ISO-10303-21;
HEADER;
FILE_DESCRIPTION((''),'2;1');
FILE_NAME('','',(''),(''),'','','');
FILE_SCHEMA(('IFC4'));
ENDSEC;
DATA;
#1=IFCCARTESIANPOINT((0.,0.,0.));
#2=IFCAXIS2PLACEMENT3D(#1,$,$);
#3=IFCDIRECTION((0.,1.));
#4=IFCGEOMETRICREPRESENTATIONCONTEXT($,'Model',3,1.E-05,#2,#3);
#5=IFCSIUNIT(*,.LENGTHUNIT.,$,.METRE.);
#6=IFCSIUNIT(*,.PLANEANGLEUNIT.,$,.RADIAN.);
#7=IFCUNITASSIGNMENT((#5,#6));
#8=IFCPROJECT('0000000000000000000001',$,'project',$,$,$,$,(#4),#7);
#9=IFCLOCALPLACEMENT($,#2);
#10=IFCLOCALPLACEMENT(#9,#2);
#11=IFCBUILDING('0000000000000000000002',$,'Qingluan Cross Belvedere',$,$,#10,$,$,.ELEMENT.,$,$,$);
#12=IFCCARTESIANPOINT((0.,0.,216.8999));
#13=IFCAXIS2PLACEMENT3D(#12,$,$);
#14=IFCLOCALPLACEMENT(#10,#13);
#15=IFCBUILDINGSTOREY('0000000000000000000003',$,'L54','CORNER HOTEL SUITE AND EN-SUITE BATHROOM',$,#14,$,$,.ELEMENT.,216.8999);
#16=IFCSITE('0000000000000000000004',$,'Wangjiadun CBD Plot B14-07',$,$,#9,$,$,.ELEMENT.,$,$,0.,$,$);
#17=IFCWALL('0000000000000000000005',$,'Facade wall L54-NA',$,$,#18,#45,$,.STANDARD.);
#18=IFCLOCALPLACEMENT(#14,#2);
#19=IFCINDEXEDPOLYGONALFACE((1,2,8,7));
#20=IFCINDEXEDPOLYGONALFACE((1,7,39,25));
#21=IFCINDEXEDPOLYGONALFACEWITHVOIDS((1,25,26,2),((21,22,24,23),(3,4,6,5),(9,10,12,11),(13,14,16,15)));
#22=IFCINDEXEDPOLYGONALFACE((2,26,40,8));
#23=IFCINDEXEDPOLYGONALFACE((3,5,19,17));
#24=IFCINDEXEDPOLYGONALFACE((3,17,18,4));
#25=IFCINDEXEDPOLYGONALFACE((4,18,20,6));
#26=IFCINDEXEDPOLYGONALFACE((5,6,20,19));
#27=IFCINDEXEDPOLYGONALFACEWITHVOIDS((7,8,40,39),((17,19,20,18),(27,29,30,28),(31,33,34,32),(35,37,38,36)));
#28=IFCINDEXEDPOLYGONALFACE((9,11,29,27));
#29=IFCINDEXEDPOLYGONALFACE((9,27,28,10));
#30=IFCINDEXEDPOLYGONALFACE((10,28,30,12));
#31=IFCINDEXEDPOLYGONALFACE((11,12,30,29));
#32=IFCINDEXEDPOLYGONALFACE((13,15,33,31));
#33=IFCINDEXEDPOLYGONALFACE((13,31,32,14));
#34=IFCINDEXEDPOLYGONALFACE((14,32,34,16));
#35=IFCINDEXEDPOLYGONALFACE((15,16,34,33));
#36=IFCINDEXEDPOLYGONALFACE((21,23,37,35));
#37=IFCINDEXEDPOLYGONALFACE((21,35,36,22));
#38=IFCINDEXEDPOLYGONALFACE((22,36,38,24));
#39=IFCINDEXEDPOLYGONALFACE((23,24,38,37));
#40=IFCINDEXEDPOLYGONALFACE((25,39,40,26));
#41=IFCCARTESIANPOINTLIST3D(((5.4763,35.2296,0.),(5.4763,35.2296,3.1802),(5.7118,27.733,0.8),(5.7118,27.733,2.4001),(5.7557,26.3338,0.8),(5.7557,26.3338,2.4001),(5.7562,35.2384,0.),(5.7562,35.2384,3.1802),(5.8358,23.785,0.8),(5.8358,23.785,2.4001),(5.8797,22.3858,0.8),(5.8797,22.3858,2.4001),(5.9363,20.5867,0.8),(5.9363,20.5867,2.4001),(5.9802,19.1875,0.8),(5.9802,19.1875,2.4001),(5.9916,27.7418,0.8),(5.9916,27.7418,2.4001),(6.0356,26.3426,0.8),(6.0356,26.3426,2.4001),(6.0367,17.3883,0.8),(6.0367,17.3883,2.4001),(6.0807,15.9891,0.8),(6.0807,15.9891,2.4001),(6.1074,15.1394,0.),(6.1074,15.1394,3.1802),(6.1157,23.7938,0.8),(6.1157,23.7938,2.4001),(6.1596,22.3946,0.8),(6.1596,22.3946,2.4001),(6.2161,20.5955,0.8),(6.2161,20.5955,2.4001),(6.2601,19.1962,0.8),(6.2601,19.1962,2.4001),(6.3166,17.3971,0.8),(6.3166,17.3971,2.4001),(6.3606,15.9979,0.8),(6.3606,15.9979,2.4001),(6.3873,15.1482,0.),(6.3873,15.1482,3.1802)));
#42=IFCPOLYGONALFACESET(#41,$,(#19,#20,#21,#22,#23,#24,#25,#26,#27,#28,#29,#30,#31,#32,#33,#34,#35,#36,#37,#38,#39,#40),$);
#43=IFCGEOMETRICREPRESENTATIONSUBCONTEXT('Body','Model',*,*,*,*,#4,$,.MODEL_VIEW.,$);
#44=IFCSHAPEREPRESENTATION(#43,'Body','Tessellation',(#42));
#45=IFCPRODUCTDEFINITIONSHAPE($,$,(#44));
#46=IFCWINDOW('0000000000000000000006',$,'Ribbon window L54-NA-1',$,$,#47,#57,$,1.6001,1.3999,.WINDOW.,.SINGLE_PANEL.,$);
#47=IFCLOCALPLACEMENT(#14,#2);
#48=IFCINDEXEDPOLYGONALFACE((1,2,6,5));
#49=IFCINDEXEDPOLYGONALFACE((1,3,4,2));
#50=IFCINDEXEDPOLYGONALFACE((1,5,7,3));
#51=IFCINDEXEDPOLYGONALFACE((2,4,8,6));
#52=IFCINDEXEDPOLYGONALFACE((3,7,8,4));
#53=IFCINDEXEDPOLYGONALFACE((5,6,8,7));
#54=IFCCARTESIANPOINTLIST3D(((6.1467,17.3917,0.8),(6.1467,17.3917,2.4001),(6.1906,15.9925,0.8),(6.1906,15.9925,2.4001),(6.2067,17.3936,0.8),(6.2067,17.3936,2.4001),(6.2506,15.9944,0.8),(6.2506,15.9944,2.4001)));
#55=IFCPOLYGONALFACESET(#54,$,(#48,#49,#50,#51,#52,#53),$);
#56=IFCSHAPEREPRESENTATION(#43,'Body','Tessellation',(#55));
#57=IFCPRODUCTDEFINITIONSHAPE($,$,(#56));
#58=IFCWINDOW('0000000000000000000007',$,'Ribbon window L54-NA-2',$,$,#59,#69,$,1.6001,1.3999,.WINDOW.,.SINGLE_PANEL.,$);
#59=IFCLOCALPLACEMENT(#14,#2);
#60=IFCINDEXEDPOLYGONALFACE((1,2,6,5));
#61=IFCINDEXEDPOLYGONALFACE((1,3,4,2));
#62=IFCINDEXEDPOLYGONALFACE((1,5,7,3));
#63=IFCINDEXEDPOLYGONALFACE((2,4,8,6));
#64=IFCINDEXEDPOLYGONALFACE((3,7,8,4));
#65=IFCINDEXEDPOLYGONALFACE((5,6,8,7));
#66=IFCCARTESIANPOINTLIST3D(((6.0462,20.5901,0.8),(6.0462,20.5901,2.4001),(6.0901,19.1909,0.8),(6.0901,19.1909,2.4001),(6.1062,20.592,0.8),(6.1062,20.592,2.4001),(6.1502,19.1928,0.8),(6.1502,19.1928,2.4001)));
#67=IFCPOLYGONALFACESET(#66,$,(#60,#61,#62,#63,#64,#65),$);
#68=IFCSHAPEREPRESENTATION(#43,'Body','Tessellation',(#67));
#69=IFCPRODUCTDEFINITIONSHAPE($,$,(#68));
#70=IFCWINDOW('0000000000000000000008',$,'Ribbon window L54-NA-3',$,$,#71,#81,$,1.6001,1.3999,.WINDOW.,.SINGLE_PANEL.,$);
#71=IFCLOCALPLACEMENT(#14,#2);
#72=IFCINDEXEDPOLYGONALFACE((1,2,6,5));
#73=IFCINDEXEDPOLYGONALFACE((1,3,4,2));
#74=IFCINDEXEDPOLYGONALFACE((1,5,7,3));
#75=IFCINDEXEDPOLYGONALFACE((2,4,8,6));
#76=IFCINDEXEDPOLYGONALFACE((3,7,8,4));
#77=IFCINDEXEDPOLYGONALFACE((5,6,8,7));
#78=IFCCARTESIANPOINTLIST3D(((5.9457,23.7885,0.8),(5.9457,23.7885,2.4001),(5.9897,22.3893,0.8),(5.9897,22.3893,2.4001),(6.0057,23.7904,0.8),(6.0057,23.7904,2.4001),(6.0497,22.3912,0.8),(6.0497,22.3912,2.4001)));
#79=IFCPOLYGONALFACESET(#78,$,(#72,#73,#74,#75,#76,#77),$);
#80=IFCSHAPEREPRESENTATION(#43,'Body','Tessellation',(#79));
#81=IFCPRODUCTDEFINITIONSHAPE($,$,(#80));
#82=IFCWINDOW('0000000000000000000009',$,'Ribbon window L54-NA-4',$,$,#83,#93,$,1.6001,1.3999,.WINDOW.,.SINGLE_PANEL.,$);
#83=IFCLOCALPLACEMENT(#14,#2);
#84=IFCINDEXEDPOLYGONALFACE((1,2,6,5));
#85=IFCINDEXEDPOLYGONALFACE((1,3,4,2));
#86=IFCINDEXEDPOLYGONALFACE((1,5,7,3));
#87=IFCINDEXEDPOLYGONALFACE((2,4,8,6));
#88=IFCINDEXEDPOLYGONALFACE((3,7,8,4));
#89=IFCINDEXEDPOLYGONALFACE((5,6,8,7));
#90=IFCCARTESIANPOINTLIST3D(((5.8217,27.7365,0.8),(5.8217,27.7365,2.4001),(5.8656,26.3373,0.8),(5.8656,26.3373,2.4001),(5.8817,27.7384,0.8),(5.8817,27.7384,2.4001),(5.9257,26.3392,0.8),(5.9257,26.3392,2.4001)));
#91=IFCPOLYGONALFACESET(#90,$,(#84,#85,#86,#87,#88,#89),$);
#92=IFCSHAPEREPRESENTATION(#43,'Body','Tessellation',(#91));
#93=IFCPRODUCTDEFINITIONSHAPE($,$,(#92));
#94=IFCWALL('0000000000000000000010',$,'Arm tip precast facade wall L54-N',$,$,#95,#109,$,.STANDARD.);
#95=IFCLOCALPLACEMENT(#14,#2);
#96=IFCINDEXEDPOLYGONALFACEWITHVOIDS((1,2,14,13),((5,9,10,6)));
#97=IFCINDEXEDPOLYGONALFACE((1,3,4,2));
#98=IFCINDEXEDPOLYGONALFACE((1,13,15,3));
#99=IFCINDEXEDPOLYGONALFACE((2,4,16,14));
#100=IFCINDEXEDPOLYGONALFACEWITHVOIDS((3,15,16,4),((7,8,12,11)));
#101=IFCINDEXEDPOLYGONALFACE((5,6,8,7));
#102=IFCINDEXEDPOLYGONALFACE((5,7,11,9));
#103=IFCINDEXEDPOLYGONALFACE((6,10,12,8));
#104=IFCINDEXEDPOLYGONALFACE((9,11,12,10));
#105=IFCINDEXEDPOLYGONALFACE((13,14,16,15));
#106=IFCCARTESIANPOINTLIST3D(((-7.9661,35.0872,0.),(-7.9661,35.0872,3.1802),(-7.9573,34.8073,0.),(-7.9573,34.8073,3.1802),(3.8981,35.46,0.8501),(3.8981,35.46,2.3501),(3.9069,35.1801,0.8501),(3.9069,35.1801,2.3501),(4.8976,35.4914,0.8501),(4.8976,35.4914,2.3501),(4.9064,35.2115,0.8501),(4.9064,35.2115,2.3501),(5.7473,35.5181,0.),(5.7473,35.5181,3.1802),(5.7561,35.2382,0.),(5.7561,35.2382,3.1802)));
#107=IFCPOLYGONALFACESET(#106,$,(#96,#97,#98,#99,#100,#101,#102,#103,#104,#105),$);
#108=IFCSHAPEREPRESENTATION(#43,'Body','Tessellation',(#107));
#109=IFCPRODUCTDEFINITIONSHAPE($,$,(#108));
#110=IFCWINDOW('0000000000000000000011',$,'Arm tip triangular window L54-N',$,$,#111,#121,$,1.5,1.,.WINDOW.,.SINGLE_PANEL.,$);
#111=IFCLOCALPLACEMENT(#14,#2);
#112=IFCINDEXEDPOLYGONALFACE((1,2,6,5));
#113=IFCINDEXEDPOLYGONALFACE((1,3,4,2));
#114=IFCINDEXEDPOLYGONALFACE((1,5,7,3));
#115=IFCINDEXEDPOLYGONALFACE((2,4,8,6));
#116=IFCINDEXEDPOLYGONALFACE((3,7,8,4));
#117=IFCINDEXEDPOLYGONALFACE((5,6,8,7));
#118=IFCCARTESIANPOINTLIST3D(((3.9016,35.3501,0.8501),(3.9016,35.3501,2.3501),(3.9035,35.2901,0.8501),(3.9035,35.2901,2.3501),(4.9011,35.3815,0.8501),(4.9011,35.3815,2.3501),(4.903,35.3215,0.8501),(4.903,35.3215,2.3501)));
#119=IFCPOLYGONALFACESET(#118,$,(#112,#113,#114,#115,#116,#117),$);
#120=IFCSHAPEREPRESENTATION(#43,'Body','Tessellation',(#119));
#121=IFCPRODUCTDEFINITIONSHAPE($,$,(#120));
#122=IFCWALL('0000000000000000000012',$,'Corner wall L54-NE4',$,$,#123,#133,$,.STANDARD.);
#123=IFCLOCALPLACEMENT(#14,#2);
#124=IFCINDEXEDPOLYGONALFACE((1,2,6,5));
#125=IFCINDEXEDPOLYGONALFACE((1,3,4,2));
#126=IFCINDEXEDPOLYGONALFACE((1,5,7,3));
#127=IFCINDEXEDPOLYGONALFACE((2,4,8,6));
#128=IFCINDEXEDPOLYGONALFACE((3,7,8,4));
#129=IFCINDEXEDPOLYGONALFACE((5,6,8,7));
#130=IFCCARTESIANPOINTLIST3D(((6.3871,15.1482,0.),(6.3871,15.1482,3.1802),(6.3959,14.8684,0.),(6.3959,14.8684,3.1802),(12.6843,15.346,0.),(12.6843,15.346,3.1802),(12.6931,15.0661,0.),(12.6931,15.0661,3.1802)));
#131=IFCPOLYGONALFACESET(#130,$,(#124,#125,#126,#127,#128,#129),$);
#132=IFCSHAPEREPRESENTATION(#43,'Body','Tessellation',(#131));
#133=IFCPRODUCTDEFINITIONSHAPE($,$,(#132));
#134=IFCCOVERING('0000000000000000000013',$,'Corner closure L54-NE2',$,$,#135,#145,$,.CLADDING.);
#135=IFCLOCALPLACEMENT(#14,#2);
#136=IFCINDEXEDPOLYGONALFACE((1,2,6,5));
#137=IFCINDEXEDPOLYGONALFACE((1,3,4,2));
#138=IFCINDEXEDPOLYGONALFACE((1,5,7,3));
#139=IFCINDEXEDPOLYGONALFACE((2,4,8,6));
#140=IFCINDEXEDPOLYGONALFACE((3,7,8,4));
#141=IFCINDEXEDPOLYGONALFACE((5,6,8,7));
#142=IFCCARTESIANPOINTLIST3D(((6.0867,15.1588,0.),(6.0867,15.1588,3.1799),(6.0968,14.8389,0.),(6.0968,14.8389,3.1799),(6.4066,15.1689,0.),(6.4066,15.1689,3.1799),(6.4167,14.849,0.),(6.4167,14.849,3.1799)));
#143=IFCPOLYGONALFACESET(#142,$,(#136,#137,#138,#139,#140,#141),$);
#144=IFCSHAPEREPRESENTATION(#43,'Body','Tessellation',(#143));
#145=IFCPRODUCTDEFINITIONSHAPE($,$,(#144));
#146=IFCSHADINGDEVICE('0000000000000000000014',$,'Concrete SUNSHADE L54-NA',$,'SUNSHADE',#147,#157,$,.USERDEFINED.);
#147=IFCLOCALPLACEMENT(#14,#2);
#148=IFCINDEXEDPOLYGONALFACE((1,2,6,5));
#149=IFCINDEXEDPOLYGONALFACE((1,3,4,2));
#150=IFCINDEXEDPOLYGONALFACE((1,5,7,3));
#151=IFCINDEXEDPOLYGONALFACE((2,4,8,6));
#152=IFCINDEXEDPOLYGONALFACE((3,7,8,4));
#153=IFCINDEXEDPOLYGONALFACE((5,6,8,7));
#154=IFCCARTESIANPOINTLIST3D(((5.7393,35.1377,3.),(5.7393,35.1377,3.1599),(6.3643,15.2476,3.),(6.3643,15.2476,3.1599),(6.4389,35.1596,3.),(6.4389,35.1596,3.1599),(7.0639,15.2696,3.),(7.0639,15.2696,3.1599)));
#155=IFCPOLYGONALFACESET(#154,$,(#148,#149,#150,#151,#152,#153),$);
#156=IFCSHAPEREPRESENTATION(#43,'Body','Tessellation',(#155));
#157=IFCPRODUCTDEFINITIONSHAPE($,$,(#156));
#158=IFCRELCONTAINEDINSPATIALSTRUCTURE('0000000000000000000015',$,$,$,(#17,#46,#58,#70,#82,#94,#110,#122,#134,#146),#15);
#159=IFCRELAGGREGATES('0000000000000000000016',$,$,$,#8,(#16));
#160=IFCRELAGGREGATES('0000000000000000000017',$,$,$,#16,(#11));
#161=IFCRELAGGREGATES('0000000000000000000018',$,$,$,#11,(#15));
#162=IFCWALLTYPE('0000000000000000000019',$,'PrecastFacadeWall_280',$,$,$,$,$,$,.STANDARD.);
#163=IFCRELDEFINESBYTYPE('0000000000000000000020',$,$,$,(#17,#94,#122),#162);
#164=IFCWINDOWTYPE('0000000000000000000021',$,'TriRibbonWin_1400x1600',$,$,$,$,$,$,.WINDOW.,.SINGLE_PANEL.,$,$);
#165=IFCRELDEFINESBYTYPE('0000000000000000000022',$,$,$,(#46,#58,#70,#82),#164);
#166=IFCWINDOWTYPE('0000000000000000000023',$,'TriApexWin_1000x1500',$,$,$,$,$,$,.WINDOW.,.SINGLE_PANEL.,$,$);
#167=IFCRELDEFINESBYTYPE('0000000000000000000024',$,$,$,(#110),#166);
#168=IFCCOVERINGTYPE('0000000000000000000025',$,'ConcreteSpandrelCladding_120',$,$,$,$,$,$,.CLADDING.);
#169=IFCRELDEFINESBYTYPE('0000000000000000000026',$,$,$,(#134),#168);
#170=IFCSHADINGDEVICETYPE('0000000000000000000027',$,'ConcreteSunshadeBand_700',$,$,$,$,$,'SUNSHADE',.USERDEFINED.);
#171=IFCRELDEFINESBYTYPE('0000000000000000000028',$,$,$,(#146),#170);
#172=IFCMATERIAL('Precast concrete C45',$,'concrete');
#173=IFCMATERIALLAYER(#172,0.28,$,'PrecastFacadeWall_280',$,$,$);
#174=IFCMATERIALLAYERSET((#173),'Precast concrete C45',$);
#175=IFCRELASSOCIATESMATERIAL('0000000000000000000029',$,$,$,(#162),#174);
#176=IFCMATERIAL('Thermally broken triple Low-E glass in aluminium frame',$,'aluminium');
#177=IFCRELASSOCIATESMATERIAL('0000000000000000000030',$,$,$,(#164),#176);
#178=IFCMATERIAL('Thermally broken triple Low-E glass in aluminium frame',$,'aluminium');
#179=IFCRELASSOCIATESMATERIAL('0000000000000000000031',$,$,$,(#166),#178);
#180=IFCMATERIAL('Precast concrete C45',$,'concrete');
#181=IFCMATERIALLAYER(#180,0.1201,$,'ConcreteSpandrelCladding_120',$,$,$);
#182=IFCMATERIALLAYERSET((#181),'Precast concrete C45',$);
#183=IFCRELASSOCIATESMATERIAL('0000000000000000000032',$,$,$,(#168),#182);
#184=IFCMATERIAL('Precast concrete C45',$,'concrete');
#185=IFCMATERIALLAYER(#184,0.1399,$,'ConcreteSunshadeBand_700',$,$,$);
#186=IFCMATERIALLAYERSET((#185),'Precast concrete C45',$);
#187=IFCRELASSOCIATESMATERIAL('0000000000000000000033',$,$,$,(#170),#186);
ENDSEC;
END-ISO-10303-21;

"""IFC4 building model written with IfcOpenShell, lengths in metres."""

from ifc_helpers import new_model, si_unit, direction, frame, frame_2d, origin, origin_2d, place, context, subcontext, project, spatial, rectangle, extrude, material, layer, layer_set, type_object, element, fill, save


model = new_model("IFC4")

# Units and contexts
model_context = context("Model", 3, precision=1e-05, world=origin(), true_north=direction((0.0, 1.0)))
body_context = subcontext(model_context, "Body", "Model", "MODEL_VIEW")
ifc_project = project(units=[si_unit("LENGTHUNIT", "METRE"), si_unit("PLANEANGLEUNIT", "RADIAN")], contexts=[model_context])

# Site, building, storey
site_placement = place(None, origin())
site = spatial("IfcSite", under=ifc_project, at=site_placement, Name="Wangjiadun CBD Plot B14-07", CompositionType="ELEMENT", RefElevation=0.0)
building_placement = place(site_placement, origin())
building = spatial("IfcBuilding", under=site, at=building_placement, Name="Qingluan Cross Belvedere", CompositionType="ELEMENT")
storey_placement = place(building_placement, frame((0.0, 0.0, 216.8999)))
storey = spatial("IfcBuildingStorey", under=building, at=storey_placement, Name="L54", Description="CORNER HOTEL SUITE AND EN-SUITE BATHROOM", CompositionType="ELEMENT", Elevation=216.8999)

# Wall, openings, windows
ifc_material_1 = material(Name="Precast concrete C45", Category="concrete")
ifc_layer_1 = layer(ifc_material_1, 0.28, Name="PrecastFacadeWall_280")
ifc_layer_set_1 = layer_set([ifc_layer_1], Name="Precast concrete C45")
wall_type_1 = type_object("IfcWallType", Name="PrecastFacadeWall_280", PredefinedType="STANDARD", material=ifc_layer_set_1)
wall_1_placement = place(storey_placement, frame((6.2473, 15.1438, 0.0), z_axis=(0.0, 0.0, 1.0), x_axis=(-0.031398, 0.999507, 0.0)))
wall_1 = element("IfcWall", 1, at=wall_1_placement, inside=storey, type_object=wall_type_1, Name="Facade wall L54-NA", PredefinedType="STANDARD", context=body_context, shape_type="SweptSolid", body=[
    extrude(rectangle(XDim=20.1001, YDim=0.28, at=frame_2d((10.05, 0.0))), origin(), (0.0, 0.0, 1.0), 3.1802),
])
opening_1_placement = place(wall_1_placement, frame((0.8501, 0.0, 0.8)))
opening_1 = element("IfcOpeningElement", 2, at=opening_1_placement, cuts=wall_1, PredefinedType="OPENING", context=body_context, shape_type="SweptSolid", body=[
    extrude(rectangle(XDim=1.3999, YDim=1.6001, at=frame_2d((0.7, 0.8))), frame((0.0, 0.1499, 0.0), z_axis=(0.0, -1.0, 0.0), x_axis=(1.0, 0.0, 0.0)), (0.0, 0.0, 1.0), 0.3),
])
opening_2_placement = place(wall_1_placement, frame((4.05, 0.0, 0.8)))
opening_2 = element("IfcOpeningElement", 3, at=opening_2_placement, cuts=wall_1, PredefinedType="OPENING", context=body_context, shape_type="SweptSolid", body=[
    extrude(rectangle(XDim=1.3999, YDim=1.6001, at=frame_2d((0.7, 0.8))), frame((0.0, 0.1499, 0.0), z_axis=(0.0, -1.0, 0.0), x_axis=(1.0, 0.0, 0.0)), (0.0, 0.0, 1.0), 0.3),
])
opening_3_placement = place(wall_1_placement, frame((7.25, 0.0, 0.8)))
opening_3 = element("IfcOpeningElement", 4, at=opening_3_placement, cuts=wall_1, PredefinedType="OPENING", context=body_context, shape_type="SweptSolid", body=[
    extrude(rectangle(XDim=1.3999, YDim=1.6001, at=frame_2d((0.7, 0.8))), frame((0.0, 0.1499, 0.0), z_axis=(0.0, -1.0, 0.0), x_axis=(1.0, 0.0, 0.0)), (0.0, 0.0, 1.0), 0.3),
])
opening_4_placement = place(wall_1_placement, frame((11.2, 0.0, 0.8)))
opening_4 = element("IfcOpeningElement", 5, at=opening_4_placement, cuts=wall_1, PredefinedType="OPENING", context=body_context, shape_type="SweptSolid", body=[
    extrude(rectangle(XDim=1.3999, YDim=1.6001, at=frame_2d((0.7, 0.8))), frame((0.0, 0.1499, 0.0), z_axis=(0.0, -1.0, 0.0), x_axis=(1.0, 0.0, 0.0)), (0.0, 0.0, 1.0), 0.3),
])
ifc_material_2 = material(Name="Thermally broken triple Low-E glass in aluminium frame", Category="aluminium")
window_type_1 = type_object("IfcWindowType", Name="TriRibbonWin_1400x1600", PartitioningType="SINGLE_PANEL", PredefinedType="WINDOW", material=ifc_material_2)
window_1_placement = place(opening_1_placement, origin())
window_1 = element("IfcWindow", 6, at=window_1_placement, inside=storey, type_object=window_type_1, Name="Ribbon window L54-NA-1", OverallHeight=1.6001, OverallWidth=1.3999, PartitioningType="SINGLE_PANEL", PredefinedType="WINDOW", context=body_context, shape_type="SweptSolid", body=[
    extrude(rectangle(XDim=1.3999, YDim=1.6001, at=frame_2d((0.7, 0.8))), frame((0.0, 0.03, 0.0), z_axis=(0.0, -1.0, 0.0), x_axis=(1.0, 0.0, 0.0)), (0.0, 0.0, 1.0), 0.0601),
])
fill(opening_1, window_1)
window_2_placement = place(opening_2_placement, origin())
window_2 = element("IfcWindow", 7, at=window_2_placement, inside=storey, type_object=window_type_1, Name="Ribbon window L54-NA-2", OverallHeight=1.6001, OverallWidth=1.3999, PartitioningType="SINGLE_PANEL", PredefinedType="WINDOW", context=body_context, shape_type="SweptSolid", body=[
    extrude(rectangle(XDim=1.3999, YDim=1.6001, at=frame_2d((0.7, 0.8))), frame((0.0, 0.03, 0.0), z_axis=(0.0, -1.0, 0.0), x_axis=(1.0, 0.0, 0.0)), (0.0, 0.0, 1.0), 0.0601),
])
fill(opening_2, window_2)
window_3_placement = place(opening_3_placement, origin())
window_3 = element("IfcWindow", 8, at=window_3_placement, inside=storey, type_object=window_type_1, Name="Ribbon window L54-NA-3", OverallHeight=1.6001, OverallWidth=1.3999, PartitioningType="SINGLE_PANEL", PredefinedType="WINDOW", context=body_context, shape_type="SweptSolid", body=[
    extrude(rectangle(XDim=1.3999, YDim=1.6001, at=frame_2d((0.7, 0.8))), frame((0.0, 0.03, 0.0), z_axis=(0.0, -1.0, 0.0), x_axis=(1.0, 0.0, 0.0)), (0.0, 0.0, 1.0), 0.0601),
])
fill(opening_3, window_3)
window_4_placement = place(opening_4_placement, origin())
window_4 = element("IfcWindow", 9, at=window_4_placement, inside=storey, type_object=window_type_1, Name="Ribbon window L54-NA-4", OverallHeight=1.6001, OverallWidth=1.3999, PartitioningType="SINGLE_PANEL", PredefinedType="WINDOW", context=body_context, shape_type="SweptSolid", body=[
    extrude(rectangle(XDim=1.3999, YDim=1.6001, at=frame_2d((0.7, 0.8))), frame((0.0, 0.03, 0.0), z_axis=(0.0, -1.0, 0.0), x_axis=(1.0, 0.0, 0.0)), (0.0, 0.0, 1.0), 0.0601),
])
fill(opening_4, window_4)

# Wall, opening, window
wall_2_placement = place(storey_placement, frame((5.7517, 35.3782, 0.0), z_axis=(0.0, 0.0, 1.0), x_axis=(-0.999507, -0.031407, 0.0)))
wall_2 = element("IfcWall", 10, at=wall_2_placement, inside=storey, type_object=wall_type_1, Name="Arm tip precast facade wall L54-N", PredefinedType="STANDARD", context=body_context, shape_type="SweptSolid", body=[
    extrude(rectangle(XDim=13.7202, YDim=0.28, at=frame_2d((6.8601, 0.0))), origin(), (0.0, 0.0, 1.0), 3.1802),
])
opening_5_placement = place(wall_2_placement, frame((0.8501, 0.0, 0.8501)))
opening_5 = element("IfcOpeningElement", 11, at=opening_5_placement, cuts=wall_2, PredefinedType="OPENING", context=body_context, shape_type="SweptSolid", body=[
    extrude(rectangle(XDim=1.0, YDim=1.5, at=frame_2d((0.5, 0.75))), frame((0.0, 0.1499, 0.0), z_axis=(0.0, -1.0, 0.0), x_axis=(1.0, 0.0, 0.0)), (0.0, 0.0, 1.0), 0.3),
])
ifc_material_3 = material(Name="Thermally broken triple Low-E glass in aluminium frame", Category="aluminium")
window_type_2 = type_object("IfcWindowType", Name="TriApexWin_1000x1500", PartitioningType="SINGLE_PANEL", PredefinedType="WINDOW", material=ifc_material_3)
window_5_placement = place(opening_5_placement, origin())
window_5 = element("IfcWindow", 12, at=window_5_placement, inside=storey, type_object=window_type_2, Name="Arm tip triangular window L54-N", OverallHeight=1.5, OverallWidth=1.0, PartitioningType="SINGLE_PANEL", PredefinedType="WINDOW", context=body_context, shape_type="SweptSolid", body=[
    extrude(rectangle(XDim=1.0, YDim=1.5, at=frame_2d((0.5, 0.75))), frame((0.0, 0.03, 0.0), z_axis=(0.0, -1.0, 0.0), x_axis=(1.0, 0.0, 0.0)), (0.0, 0.0, 1.0), 0.0601),
])
fill(opening_5, window_5)

# Wall
wall_3_placement = place(storey_placement, frame((12.6887, 15.2061, 0.0), z_axis=(0.0, 0.0, 1.0), x_axis=(-0.999507, -0.031388, 0.0)))
element("IfcWall", 13, at=wall_3_placement, inside=storey, type_object=wall_type_1, Name="Corner wall L54-NE4", PredefinedType="STANDARD", context=body_context, shape_type="SweptSolid", body=[
    extrude(rectangle(XDim=6.3003, YDim=0.28, at=frame_2d((3.1501, 0.0))), origin(), (0.0, 0.0, 1.0), 3.1802),
])

# Covering
ifc_material_4 = material(Name="Precast concrete C45", Category="concrete")
ifc_layer_2 = layer(ifc_material_4, 0.1201, Name="ConcreteSpandrelCladding_120")
ifc_layer_set_2 = layer_set([ifc_layer_2], Name="Precast concrete C45")
covering_type = type_object("IfcCoveringType", Name="ConcreteSpandrelCladding_120", PredefinedType="CLADDING", material=ifc_layer_set_2)
covering_placement = place(storey_placement, frame((6.2517, 15.0039, 0.0), z_axis=(0.0, 0.0, 1.0), x_axis=(0.999507, 0.031411, 0.0)))
element("IfcCovering", 14, at=covering_placement, inside=storey, type_object=covering_type, Name="Corner closure L54-NE2", PredefinedType="CLADDING", context=body_context, shape_type="SweptSolid", body=[
    extrude(rectangle(XDim=0.3201, YDim=0.3201, at=origin_2d()), origin(), (0.0, 0.0, 1.0), 3.1799),
])

# Shading device
ifc_material_5 = material(Name="Precast concrete C45", Category="concrete")
ifc_layer_3 = layer(ifc_material_5, 0.1399, Name="ConcreteSunshadeBand_700")
ifc_layer_set_3 = layer_set([ifc_layer_3], Name="Precast concrete C45")
shading_device_type = type_object("IfcShadingDeviceType", Name="ConcreteSunshadeBand_700", ElementType="SUNSHADE", PredefinedType="USERDEFINED", material=ifc_layer_set_3)
shading_device_placement = place(storey_placement, frame((6.4016, 25.2036, 3.0), z_axis=(0.0, 0.0, 1.0), x_axis=(-0.031408, 0.999507, 0.0)))
element("IfcShadingDevice", 15, at=shading_device_placement, inside=storey, type_object=shading_device_type, Name="Concrete SUNSHADE L54-NA", ObjectType="SUNSHADE", PredefinedType="USERDEFINED", context=body_context, shape_type="SweptSolid", body=[
    extrude(rectangle(XDim=19.8999, YDim=0.7, at=origin_2d()), origin(), (0.0, 0.0, 1.0), 0.1599),
])

save(model, "model.ifc")
